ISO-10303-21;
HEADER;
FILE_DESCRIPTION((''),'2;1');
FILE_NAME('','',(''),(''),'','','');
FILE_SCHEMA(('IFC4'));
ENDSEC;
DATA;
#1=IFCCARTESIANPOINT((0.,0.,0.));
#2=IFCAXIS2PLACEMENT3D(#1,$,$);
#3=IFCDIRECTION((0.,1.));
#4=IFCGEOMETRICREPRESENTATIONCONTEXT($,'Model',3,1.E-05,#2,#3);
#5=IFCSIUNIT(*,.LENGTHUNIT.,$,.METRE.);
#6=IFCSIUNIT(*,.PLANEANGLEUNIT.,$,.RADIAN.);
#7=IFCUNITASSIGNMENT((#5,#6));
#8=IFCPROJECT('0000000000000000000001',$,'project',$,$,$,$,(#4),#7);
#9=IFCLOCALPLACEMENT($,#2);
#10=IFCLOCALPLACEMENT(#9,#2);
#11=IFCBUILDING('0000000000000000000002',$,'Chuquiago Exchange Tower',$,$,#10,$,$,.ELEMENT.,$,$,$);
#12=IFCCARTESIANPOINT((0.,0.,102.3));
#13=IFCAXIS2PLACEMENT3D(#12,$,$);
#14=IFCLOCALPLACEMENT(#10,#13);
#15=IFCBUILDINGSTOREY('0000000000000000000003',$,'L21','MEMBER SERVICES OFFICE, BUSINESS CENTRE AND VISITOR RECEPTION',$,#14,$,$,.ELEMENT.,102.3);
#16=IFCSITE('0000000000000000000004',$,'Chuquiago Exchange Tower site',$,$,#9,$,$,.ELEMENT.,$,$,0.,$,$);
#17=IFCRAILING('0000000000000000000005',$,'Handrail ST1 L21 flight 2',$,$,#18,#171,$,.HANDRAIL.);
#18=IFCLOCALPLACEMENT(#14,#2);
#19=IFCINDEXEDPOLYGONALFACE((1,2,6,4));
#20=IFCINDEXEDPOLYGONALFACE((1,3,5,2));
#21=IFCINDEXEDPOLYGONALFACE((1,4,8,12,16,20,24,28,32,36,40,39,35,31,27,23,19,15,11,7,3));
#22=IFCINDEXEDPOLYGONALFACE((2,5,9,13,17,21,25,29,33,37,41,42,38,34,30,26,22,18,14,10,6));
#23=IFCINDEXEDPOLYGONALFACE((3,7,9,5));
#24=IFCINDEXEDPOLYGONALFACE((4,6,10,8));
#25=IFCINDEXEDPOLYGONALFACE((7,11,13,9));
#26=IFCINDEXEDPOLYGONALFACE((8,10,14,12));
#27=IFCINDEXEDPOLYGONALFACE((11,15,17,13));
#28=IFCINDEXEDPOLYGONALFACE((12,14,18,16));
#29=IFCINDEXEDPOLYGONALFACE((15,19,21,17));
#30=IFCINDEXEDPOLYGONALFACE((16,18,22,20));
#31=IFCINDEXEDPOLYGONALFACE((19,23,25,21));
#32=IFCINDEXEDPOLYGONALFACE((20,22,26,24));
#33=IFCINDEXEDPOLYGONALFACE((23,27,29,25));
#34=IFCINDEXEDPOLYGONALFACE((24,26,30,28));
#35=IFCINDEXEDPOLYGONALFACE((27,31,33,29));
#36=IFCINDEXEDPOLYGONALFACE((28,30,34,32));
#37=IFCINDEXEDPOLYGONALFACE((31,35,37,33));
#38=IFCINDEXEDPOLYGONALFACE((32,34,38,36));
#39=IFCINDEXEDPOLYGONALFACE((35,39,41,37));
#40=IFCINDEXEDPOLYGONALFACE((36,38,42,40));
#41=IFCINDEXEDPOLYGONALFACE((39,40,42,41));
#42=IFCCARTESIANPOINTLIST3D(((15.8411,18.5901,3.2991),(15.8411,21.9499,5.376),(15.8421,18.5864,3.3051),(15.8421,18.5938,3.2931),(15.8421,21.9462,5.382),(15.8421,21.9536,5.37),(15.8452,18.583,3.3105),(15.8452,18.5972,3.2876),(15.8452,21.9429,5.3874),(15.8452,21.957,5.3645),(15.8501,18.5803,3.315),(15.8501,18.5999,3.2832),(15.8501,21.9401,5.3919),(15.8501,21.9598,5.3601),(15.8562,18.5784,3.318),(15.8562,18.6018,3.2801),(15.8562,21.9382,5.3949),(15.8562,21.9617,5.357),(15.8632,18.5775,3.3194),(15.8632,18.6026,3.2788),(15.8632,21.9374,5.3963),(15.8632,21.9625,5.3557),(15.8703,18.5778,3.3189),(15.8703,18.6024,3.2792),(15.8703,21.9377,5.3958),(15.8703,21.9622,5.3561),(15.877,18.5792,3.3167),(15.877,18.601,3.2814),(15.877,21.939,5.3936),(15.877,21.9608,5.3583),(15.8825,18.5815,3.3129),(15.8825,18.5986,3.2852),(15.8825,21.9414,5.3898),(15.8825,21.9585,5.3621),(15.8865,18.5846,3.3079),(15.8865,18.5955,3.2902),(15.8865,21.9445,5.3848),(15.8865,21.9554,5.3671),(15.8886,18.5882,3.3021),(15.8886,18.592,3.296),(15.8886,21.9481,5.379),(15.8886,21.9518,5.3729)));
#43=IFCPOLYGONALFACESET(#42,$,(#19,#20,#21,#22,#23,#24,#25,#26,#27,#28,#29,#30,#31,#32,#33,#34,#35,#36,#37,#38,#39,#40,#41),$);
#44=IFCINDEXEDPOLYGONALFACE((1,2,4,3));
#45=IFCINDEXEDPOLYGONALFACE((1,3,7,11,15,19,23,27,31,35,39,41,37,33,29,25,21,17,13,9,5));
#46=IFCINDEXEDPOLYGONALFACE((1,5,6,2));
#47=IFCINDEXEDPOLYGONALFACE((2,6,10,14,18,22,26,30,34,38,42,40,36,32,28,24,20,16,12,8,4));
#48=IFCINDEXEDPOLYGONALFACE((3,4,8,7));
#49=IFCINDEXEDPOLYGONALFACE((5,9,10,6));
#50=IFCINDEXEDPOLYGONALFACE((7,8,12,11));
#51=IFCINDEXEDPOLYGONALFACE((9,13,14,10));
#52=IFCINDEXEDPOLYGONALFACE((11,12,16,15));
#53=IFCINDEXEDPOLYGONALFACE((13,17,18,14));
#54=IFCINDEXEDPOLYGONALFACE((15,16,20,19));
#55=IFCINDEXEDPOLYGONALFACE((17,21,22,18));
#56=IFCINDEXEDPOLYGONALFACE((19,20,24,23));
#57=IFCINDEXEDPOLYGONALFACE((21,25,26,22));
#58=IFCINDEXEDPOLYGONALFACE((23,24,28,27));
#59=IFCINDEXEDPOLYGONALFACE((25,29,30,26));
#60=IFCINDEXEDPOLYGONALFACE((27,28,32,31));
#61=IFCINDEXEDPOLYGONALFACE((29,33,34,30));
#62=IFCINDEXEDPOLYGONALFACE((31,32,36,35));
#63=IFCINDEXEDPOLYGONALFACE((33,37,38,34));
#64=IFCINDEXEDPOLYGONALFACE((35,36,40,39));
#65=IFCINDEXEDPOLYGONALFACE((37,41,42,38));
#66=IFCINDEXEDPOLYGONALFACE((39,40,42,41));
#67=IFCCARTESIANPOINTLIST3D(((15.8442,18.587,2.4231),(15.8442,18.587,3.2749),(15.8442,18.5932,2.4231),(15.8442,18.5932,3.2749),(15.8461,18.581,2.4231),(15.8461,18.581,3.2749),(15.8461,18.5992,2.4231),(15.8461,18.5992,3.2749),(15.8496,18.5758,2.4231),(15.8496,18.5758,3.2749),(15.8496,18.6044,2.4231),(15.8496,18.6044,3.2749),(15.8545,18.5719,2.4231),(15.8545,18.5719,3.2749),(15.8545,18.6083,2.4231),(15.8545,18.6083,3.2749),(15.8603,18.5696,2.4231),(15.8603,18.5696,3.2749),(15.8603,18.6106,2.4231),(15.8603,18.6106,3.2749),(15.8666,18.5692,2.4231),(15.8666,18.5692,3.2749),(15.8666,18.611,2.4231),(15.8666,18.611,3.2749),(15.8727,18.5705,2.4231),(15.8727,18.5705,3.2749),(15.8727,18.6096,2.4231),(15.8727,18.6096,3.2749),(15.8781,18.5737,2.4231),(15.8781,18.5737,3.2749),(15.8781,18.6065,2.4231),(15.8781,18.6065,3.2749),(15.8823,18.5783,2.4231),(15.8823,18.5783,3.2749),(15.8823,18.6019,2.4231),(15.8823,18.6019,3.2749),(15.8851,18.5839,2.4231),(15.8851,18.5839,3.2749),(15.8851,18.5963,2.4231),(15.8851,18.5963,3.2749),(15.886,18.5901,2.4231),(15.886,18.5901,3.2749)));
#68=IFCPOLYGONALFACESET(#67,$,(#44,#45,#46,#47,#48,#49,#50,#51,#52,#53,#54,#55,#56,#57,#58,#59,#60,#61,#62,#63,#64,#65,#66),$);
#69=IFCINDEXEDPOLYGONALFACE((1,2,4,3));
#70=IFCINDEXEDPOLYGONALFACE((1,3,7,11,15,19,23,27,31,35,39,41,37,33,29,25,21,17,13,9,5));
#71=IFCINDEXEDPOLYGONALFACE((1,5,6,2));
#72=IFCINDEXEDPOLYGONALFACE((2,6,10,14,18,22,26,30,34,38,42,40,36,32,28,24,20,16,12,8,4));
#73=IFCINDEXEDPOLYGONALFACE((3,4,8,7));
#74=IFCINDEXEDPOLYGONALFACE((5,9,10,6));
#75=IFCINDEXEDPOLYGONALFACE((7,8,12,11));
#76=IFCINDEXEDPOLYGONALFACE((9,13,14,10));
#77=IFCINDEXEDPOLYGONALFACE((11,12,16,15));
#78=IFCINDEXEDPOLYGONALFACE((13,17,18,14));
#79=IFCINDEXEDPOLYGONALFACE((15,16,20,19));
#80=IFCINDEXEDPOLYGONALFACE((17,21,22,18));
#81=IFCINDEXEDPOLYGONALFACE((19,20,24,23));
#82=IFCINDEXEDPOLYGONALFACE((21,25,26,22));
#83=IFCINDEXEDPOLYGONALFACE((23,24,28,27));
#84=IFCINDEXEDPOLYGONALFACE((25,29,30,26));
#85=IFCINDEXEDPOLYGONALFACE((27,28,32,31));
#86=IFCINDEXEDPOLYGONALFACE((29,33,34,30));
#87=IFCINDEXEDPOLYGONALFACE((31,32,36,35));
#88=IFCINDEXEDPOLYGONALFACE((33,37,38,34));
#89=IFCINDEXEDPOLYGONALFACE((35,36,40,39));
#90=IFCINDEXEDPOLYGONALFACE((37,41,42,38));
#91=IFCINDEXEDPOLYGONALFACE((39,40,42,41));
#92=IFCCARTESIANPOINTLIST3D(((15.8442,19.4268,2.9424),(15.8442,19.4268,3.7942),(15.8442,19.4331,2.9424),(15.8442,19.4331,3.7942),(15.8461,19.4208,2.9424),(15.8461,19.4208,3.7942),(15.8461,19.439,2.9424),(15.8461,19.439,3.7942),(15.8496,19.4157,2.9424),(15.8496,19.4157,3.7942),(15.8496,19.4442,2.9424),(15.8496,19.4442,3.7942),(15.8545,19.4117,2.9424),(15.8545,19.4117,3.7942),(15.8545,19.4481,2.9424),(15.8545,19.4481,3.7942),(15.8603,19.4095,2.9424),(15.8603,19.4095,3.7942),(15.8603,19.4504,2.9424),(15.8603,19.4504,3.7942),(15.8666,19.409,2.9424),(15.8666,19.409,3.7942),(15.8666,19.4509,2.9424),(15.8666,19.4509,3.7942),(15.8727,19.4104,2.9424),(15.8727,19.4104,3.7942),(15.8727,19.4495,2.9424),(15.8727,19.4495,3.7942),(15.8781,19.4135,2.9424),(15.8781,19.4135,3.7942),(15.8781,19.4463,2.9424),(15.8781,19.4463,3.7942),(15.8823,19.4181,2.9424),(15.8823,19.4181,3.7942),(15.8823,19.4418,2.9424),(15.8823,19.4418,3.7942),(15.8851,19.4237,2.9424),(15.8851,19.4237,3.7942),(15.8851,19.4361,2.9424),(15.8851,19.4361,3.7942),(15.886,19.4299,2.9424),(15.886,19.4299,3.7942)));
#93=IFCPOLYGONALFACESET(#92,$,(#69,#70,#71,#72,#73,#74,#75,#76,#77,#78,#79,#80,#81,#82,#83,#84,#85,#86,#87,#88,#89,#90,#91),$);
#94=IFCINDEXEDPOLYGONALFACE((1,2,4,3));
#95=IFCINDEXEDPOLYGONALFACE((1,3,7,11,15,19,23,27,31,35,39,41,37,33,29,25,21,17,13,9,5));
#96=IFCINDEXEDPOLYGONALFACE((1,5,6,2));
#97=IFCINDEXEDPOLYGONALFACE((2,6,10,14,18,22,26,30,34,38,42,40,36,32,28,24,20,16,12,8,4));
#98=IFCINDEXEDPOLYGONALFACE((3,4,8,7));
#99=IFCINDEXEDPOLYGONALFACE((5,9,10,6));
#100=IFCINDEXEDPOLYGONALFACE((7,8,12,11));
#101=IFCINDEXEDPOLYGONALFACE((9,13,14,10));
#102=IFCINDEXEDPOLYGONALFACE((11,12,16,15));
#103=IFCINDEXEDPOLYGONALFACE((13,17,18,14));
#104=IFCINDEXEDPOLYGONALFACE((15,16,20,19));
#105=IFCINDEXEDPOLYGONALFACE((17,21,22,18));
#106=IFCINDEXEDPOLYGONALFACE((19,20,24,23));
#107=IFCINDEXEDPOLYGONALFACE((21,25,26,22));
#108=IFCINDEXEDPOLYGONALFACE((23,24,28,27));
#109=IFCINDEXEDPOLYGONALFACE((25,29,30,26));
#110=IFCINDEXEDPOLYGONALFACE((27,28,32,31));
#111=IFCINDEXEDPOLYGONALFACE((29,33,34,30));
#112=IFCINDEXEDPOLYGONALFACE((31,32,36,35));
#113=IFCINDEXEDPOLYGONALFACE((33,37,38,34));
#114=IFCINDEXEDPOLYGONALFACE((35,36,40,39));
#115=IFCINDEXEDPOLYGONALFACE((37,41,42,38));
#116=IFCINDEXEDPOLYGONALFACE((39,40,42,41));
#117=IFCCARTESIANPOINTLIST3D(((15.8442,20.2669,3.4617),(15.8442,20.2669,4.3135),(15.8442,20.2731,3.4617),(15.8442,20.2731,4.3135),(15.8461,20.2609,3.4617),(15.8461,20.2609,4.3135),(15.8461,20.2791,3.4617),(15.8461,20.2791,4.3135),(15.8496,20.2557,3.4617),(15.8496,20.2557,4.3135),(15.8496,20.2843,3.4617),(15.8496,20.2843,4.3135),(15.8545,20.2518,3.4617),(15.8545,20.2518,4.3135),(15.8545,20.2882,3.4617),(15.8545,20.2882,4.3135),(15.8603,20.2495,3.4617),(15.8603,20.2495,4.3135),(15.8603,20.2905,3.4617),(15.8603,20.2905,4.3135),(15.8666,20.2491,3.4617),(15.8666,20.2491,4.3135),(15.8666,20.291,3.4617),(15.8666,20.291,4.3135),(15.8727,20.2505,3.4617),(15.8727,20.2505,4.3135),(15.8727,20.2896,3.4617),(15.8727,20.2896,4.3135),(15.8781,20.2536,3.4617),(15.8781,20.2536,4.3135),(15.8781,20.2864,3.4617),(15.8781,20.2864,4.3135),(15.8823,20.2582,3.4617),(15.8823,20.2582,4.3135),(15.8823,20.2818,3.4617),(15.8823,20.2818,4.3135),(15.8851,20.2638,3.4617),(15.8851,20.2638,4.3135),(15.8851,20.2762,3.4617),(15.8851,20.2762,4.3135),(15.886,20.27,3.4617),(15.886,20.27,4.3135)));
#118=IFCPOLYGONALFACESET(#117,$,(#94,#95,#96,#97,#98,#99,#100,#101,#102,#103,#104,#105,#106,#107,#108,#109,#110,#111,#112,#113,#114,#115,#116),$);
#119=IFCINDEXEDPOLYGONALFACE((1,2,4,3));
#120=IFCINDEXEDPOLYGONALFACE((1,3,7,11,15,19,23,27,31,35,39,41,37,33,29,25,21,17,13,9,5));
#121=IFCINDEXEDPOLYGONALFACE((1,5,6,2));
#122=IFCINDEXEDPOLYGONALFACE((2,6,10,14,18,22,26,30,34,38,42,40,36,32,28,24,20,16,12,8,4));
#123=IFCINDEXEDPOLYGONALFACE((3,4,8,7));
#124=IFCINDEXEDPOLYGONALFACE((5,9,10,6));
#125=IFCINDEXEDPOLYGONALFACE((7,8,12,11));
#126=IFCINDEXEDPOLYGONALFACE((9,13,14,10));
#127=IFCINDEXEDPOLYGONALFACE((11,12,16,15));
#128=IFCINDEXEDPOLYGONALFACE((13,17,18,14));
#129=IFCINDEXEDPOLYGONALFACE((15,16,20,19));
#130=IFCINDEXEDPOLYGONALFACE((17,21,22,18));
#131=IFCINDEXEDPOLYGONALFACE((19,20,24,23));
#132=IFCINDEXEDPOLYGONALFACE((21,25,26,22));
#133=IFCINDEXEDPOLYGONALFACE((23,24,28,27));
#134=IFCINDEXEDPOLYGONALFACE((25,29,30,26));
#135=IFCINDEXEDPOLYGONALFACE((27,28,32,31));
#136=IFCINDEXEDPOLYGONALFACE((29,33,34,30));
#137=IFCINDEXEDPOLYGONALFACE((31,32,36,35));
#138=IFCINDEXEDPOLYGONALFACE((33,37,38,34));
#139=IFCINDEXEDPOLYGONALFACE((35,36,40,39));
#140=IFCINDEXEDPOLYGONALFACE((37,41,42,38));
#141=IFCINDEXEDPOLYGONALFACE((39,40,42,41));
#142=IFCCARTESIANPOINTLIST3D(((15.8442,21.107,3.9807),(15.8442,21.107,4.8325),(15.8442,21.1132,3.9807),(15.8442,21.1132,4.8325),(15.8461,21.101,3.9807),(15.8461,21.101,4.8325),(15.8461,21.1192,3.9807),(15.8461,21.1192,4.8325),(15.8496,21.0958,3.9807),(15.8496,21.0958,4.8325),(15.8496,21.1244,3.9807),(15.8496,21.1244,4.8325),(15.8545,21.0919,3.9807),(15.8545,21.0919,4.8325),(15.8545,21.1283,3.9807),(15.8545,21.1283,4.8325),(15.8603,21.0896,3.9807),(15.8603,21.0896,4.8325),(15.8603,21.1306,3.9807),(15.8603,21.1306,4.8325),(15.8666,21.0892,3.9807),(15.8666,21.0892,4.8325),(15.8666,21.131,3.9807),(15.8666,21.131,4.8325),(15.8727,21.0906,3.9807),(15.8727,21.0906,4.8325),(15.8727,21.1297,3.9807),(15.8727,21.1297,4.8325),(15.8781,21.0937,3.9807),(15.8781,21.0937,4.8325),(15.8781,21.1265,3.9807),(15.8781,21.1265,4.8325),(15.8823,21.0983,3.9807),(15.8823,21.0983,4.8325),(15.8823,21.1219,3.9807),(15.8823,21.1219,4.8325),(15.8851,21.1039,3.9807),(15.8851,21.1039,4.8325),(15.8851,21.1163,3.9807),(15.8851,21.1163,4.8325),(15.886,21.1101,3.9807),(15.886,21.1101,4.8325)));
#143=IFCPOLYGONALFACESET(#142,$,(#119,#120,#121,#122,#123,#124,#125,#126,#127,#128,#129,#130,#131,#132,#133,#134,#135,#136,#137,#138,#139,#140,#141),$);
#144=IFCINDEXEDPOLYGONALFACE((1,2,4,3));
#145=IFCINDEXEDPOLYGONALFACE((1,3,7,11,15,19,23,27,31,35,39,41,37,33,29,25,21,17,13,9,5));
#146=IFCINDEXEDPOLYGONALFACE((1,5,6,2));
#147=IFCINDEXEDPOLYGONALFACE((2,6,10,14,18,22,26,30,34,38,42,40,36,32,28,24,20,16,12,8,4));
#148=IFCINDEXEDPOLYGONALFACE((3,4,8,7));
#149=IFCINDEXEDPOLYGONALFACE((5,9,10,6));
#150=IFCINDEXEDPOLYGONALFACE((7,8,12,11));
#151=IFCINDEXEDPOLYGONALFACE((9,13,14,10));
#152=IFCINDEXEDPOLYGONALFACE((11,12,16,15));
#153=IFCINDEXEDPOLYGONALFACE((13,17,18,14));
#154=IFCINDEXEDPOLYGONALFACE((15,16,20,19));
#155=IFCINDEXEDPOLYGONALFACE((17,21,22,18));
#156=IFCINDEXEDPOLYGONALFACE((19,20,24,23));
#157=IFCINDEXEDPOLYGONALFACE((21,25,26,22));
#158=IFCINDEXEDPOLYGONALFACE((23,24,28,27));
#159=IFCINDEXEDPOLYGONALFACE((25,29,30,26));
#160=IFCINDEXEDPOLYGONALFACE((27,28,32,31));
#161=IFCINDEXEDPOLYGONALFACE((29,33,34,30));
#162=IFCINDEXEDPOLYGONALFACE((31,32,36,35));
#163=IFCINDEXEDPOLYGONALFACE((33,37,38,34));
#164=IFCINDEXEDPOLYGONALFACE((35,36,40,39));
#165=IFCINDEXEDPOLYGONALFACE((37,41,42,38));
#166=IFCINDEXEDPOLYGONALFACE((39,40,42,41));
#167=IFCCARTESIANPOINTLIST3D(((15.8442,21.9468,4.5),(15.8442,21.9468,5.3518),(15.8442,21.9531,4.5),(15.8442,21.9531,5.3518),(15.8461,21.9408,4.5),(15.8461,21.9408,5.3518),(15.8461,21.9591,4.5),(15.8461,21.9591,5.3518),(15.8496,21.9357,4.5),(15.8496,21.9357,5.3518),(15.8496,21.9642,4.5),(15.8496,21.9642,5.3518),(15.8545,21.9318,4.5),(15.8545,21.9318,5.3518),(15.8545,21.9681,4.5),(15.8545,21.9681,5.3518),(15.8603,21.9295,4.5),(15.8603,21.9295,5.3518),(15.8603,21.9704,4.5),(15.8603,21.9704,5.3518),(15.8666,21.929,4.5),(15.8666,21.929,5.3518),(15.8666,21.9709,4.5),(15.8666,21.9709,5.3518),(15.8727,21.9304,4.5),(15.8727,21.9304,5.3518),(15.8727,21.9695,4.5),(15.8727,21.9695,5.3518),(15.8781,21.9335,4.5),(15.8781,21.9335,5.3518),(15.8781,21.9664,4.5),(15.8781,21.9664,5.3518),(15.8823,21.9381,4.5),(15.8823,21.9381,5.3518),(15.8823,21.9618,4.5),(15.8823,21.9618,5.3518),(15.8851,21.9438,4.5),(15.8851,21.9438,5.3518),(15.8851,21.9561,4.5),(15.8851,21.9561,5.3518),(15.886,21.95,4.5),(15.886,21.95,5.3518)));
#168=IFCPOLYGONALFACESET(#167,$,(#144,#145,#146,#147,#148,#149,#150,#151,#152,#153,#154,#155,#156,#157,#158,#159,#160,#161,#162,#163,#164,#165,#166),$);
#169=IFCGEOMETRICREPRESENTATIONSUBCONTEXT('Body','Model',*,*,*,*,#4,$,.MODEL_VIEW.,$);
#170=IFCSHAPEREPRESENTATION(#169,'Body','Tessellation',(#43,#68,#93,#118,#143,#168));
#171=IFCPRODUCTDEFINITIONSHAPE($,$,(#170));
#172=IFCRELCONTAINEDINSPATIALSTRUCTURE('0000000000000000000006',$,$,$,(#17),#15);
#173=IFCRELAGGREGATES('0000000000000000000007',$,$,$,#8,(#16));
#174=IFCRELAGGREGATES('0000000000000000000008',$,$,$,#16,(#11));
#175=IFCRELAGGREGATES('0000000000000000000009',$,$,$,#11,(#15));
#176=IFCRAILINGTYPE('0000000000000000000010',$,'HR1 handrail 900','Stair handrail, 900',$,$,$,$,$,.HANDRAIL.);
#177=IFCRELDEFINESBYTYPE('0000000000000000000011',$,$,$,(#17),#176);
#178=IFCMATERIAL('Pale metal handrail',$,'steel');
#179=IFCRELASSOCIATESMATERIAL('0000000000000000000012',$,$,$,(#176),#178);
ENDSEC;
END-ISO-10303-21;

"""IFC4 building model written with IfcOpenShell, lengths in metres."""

from ifc_helpers import new_model, si_unit, direction, frame, origin, origin_2d, place, context, subcontext, project, spatial, circle, extrude, material, type_object, element, save


model = new_model("IFC4")

# Units and contexts
model_context = context("Model", 3, precision=1e-05, world=origin(), true_north=direction((0.0, 1.0)))
body_context = subcontext(model_context, "Body", "Model", "MODEL_VIEW")
ifc_project = project(units=[si_unit("LENGTHUNIT", "METRE"), si_unit("PLANEANGLEUNIT", "RADIAN")], contexts=[model_context])

# Site, building, storey
site_placement = place(None, origin())
site = spatial("IfcSite", under=ifc_project, at=site_placement, Name="Chuquiago Exchange Tower site", CompositionType="ELEMENT", RefElevation=0.0)
building_placement = place(site_placement, origin())
building = spatial("IfcBuilding", under=site, at=building_placement, Name="Chuquiago Exchange Tower", CompositionType="ELEMENT")
storey_placement = place(building_placement, frame((0.0, 0.0, 102.3)))
storey = spatial("IfcBuildingStorey", under=building, at=storey_placement, Name="L21", Description="MEMBER SERVICES OFFICE, BUSINESS CENTRE AND VISITOR RECEPTION", CompositionType="ELEMENT", Elevation=102.3)

# Railing
ifc_material_1 = material(Name="Pale metal handrail", Category="steel")
railing_type_1 = type_object("IfcRailingType", Name="HR1 handrail 900", Description="Stair handrail, 900", PredefinedType="HANDRAIL", material=ifc_material_1)
for number, where, name in (
    (1, (15.865, 18.5901, 2.4231), "Handrail ST1 L21 flight 2"),
):
    element("IfcRailing", number, at=place(storey_placement, frame(where)), inside=storey, type_object=railing_type_1, Name=name, PredefinedType="HANDRAIL", context=body_context, shape_type="SweptSolid", body=[
        extrude(circle(Radius=0.0239, at=origin_2d()), frame((0.0, 0.0, 0.876), z_axis=(0.0, 0.850606, 0.525803), x_axis=(-1.0, 0.0, 0.0)), (0.0, 0.0, 1.0), 3.95),
        extrude(circle(Radius=0.021, at=origin_2d()), origin(), (0.0, 0.0, 1.0), 0.8518),
        extrude(circle(Radius=0.021, at=origin_2d()), frame((0.0, 0.8398, 0.5193)), (0.0, 0.0, 1.0), 0.8518),
        extrude(circle(Radius=0.021, at=origin_2d()), frame((0.0, 1.6799, 1.0386)), (0.0, 0.0, 1.0), 0.8518),
        extrude(circle(Radius=0.021, at=origin_2d()), frame((0.0, 2.52, 1.5576)), (0.0, 0.0, 1.0), 0.8518),
        extrude(circle(Radius=0.021, at=origin_2d()), frame((0.0, 3.3599, 2.0769)), (0.0, 0.0, 1.0), 0.8518),
    ])

save(model, "model.ifc")
